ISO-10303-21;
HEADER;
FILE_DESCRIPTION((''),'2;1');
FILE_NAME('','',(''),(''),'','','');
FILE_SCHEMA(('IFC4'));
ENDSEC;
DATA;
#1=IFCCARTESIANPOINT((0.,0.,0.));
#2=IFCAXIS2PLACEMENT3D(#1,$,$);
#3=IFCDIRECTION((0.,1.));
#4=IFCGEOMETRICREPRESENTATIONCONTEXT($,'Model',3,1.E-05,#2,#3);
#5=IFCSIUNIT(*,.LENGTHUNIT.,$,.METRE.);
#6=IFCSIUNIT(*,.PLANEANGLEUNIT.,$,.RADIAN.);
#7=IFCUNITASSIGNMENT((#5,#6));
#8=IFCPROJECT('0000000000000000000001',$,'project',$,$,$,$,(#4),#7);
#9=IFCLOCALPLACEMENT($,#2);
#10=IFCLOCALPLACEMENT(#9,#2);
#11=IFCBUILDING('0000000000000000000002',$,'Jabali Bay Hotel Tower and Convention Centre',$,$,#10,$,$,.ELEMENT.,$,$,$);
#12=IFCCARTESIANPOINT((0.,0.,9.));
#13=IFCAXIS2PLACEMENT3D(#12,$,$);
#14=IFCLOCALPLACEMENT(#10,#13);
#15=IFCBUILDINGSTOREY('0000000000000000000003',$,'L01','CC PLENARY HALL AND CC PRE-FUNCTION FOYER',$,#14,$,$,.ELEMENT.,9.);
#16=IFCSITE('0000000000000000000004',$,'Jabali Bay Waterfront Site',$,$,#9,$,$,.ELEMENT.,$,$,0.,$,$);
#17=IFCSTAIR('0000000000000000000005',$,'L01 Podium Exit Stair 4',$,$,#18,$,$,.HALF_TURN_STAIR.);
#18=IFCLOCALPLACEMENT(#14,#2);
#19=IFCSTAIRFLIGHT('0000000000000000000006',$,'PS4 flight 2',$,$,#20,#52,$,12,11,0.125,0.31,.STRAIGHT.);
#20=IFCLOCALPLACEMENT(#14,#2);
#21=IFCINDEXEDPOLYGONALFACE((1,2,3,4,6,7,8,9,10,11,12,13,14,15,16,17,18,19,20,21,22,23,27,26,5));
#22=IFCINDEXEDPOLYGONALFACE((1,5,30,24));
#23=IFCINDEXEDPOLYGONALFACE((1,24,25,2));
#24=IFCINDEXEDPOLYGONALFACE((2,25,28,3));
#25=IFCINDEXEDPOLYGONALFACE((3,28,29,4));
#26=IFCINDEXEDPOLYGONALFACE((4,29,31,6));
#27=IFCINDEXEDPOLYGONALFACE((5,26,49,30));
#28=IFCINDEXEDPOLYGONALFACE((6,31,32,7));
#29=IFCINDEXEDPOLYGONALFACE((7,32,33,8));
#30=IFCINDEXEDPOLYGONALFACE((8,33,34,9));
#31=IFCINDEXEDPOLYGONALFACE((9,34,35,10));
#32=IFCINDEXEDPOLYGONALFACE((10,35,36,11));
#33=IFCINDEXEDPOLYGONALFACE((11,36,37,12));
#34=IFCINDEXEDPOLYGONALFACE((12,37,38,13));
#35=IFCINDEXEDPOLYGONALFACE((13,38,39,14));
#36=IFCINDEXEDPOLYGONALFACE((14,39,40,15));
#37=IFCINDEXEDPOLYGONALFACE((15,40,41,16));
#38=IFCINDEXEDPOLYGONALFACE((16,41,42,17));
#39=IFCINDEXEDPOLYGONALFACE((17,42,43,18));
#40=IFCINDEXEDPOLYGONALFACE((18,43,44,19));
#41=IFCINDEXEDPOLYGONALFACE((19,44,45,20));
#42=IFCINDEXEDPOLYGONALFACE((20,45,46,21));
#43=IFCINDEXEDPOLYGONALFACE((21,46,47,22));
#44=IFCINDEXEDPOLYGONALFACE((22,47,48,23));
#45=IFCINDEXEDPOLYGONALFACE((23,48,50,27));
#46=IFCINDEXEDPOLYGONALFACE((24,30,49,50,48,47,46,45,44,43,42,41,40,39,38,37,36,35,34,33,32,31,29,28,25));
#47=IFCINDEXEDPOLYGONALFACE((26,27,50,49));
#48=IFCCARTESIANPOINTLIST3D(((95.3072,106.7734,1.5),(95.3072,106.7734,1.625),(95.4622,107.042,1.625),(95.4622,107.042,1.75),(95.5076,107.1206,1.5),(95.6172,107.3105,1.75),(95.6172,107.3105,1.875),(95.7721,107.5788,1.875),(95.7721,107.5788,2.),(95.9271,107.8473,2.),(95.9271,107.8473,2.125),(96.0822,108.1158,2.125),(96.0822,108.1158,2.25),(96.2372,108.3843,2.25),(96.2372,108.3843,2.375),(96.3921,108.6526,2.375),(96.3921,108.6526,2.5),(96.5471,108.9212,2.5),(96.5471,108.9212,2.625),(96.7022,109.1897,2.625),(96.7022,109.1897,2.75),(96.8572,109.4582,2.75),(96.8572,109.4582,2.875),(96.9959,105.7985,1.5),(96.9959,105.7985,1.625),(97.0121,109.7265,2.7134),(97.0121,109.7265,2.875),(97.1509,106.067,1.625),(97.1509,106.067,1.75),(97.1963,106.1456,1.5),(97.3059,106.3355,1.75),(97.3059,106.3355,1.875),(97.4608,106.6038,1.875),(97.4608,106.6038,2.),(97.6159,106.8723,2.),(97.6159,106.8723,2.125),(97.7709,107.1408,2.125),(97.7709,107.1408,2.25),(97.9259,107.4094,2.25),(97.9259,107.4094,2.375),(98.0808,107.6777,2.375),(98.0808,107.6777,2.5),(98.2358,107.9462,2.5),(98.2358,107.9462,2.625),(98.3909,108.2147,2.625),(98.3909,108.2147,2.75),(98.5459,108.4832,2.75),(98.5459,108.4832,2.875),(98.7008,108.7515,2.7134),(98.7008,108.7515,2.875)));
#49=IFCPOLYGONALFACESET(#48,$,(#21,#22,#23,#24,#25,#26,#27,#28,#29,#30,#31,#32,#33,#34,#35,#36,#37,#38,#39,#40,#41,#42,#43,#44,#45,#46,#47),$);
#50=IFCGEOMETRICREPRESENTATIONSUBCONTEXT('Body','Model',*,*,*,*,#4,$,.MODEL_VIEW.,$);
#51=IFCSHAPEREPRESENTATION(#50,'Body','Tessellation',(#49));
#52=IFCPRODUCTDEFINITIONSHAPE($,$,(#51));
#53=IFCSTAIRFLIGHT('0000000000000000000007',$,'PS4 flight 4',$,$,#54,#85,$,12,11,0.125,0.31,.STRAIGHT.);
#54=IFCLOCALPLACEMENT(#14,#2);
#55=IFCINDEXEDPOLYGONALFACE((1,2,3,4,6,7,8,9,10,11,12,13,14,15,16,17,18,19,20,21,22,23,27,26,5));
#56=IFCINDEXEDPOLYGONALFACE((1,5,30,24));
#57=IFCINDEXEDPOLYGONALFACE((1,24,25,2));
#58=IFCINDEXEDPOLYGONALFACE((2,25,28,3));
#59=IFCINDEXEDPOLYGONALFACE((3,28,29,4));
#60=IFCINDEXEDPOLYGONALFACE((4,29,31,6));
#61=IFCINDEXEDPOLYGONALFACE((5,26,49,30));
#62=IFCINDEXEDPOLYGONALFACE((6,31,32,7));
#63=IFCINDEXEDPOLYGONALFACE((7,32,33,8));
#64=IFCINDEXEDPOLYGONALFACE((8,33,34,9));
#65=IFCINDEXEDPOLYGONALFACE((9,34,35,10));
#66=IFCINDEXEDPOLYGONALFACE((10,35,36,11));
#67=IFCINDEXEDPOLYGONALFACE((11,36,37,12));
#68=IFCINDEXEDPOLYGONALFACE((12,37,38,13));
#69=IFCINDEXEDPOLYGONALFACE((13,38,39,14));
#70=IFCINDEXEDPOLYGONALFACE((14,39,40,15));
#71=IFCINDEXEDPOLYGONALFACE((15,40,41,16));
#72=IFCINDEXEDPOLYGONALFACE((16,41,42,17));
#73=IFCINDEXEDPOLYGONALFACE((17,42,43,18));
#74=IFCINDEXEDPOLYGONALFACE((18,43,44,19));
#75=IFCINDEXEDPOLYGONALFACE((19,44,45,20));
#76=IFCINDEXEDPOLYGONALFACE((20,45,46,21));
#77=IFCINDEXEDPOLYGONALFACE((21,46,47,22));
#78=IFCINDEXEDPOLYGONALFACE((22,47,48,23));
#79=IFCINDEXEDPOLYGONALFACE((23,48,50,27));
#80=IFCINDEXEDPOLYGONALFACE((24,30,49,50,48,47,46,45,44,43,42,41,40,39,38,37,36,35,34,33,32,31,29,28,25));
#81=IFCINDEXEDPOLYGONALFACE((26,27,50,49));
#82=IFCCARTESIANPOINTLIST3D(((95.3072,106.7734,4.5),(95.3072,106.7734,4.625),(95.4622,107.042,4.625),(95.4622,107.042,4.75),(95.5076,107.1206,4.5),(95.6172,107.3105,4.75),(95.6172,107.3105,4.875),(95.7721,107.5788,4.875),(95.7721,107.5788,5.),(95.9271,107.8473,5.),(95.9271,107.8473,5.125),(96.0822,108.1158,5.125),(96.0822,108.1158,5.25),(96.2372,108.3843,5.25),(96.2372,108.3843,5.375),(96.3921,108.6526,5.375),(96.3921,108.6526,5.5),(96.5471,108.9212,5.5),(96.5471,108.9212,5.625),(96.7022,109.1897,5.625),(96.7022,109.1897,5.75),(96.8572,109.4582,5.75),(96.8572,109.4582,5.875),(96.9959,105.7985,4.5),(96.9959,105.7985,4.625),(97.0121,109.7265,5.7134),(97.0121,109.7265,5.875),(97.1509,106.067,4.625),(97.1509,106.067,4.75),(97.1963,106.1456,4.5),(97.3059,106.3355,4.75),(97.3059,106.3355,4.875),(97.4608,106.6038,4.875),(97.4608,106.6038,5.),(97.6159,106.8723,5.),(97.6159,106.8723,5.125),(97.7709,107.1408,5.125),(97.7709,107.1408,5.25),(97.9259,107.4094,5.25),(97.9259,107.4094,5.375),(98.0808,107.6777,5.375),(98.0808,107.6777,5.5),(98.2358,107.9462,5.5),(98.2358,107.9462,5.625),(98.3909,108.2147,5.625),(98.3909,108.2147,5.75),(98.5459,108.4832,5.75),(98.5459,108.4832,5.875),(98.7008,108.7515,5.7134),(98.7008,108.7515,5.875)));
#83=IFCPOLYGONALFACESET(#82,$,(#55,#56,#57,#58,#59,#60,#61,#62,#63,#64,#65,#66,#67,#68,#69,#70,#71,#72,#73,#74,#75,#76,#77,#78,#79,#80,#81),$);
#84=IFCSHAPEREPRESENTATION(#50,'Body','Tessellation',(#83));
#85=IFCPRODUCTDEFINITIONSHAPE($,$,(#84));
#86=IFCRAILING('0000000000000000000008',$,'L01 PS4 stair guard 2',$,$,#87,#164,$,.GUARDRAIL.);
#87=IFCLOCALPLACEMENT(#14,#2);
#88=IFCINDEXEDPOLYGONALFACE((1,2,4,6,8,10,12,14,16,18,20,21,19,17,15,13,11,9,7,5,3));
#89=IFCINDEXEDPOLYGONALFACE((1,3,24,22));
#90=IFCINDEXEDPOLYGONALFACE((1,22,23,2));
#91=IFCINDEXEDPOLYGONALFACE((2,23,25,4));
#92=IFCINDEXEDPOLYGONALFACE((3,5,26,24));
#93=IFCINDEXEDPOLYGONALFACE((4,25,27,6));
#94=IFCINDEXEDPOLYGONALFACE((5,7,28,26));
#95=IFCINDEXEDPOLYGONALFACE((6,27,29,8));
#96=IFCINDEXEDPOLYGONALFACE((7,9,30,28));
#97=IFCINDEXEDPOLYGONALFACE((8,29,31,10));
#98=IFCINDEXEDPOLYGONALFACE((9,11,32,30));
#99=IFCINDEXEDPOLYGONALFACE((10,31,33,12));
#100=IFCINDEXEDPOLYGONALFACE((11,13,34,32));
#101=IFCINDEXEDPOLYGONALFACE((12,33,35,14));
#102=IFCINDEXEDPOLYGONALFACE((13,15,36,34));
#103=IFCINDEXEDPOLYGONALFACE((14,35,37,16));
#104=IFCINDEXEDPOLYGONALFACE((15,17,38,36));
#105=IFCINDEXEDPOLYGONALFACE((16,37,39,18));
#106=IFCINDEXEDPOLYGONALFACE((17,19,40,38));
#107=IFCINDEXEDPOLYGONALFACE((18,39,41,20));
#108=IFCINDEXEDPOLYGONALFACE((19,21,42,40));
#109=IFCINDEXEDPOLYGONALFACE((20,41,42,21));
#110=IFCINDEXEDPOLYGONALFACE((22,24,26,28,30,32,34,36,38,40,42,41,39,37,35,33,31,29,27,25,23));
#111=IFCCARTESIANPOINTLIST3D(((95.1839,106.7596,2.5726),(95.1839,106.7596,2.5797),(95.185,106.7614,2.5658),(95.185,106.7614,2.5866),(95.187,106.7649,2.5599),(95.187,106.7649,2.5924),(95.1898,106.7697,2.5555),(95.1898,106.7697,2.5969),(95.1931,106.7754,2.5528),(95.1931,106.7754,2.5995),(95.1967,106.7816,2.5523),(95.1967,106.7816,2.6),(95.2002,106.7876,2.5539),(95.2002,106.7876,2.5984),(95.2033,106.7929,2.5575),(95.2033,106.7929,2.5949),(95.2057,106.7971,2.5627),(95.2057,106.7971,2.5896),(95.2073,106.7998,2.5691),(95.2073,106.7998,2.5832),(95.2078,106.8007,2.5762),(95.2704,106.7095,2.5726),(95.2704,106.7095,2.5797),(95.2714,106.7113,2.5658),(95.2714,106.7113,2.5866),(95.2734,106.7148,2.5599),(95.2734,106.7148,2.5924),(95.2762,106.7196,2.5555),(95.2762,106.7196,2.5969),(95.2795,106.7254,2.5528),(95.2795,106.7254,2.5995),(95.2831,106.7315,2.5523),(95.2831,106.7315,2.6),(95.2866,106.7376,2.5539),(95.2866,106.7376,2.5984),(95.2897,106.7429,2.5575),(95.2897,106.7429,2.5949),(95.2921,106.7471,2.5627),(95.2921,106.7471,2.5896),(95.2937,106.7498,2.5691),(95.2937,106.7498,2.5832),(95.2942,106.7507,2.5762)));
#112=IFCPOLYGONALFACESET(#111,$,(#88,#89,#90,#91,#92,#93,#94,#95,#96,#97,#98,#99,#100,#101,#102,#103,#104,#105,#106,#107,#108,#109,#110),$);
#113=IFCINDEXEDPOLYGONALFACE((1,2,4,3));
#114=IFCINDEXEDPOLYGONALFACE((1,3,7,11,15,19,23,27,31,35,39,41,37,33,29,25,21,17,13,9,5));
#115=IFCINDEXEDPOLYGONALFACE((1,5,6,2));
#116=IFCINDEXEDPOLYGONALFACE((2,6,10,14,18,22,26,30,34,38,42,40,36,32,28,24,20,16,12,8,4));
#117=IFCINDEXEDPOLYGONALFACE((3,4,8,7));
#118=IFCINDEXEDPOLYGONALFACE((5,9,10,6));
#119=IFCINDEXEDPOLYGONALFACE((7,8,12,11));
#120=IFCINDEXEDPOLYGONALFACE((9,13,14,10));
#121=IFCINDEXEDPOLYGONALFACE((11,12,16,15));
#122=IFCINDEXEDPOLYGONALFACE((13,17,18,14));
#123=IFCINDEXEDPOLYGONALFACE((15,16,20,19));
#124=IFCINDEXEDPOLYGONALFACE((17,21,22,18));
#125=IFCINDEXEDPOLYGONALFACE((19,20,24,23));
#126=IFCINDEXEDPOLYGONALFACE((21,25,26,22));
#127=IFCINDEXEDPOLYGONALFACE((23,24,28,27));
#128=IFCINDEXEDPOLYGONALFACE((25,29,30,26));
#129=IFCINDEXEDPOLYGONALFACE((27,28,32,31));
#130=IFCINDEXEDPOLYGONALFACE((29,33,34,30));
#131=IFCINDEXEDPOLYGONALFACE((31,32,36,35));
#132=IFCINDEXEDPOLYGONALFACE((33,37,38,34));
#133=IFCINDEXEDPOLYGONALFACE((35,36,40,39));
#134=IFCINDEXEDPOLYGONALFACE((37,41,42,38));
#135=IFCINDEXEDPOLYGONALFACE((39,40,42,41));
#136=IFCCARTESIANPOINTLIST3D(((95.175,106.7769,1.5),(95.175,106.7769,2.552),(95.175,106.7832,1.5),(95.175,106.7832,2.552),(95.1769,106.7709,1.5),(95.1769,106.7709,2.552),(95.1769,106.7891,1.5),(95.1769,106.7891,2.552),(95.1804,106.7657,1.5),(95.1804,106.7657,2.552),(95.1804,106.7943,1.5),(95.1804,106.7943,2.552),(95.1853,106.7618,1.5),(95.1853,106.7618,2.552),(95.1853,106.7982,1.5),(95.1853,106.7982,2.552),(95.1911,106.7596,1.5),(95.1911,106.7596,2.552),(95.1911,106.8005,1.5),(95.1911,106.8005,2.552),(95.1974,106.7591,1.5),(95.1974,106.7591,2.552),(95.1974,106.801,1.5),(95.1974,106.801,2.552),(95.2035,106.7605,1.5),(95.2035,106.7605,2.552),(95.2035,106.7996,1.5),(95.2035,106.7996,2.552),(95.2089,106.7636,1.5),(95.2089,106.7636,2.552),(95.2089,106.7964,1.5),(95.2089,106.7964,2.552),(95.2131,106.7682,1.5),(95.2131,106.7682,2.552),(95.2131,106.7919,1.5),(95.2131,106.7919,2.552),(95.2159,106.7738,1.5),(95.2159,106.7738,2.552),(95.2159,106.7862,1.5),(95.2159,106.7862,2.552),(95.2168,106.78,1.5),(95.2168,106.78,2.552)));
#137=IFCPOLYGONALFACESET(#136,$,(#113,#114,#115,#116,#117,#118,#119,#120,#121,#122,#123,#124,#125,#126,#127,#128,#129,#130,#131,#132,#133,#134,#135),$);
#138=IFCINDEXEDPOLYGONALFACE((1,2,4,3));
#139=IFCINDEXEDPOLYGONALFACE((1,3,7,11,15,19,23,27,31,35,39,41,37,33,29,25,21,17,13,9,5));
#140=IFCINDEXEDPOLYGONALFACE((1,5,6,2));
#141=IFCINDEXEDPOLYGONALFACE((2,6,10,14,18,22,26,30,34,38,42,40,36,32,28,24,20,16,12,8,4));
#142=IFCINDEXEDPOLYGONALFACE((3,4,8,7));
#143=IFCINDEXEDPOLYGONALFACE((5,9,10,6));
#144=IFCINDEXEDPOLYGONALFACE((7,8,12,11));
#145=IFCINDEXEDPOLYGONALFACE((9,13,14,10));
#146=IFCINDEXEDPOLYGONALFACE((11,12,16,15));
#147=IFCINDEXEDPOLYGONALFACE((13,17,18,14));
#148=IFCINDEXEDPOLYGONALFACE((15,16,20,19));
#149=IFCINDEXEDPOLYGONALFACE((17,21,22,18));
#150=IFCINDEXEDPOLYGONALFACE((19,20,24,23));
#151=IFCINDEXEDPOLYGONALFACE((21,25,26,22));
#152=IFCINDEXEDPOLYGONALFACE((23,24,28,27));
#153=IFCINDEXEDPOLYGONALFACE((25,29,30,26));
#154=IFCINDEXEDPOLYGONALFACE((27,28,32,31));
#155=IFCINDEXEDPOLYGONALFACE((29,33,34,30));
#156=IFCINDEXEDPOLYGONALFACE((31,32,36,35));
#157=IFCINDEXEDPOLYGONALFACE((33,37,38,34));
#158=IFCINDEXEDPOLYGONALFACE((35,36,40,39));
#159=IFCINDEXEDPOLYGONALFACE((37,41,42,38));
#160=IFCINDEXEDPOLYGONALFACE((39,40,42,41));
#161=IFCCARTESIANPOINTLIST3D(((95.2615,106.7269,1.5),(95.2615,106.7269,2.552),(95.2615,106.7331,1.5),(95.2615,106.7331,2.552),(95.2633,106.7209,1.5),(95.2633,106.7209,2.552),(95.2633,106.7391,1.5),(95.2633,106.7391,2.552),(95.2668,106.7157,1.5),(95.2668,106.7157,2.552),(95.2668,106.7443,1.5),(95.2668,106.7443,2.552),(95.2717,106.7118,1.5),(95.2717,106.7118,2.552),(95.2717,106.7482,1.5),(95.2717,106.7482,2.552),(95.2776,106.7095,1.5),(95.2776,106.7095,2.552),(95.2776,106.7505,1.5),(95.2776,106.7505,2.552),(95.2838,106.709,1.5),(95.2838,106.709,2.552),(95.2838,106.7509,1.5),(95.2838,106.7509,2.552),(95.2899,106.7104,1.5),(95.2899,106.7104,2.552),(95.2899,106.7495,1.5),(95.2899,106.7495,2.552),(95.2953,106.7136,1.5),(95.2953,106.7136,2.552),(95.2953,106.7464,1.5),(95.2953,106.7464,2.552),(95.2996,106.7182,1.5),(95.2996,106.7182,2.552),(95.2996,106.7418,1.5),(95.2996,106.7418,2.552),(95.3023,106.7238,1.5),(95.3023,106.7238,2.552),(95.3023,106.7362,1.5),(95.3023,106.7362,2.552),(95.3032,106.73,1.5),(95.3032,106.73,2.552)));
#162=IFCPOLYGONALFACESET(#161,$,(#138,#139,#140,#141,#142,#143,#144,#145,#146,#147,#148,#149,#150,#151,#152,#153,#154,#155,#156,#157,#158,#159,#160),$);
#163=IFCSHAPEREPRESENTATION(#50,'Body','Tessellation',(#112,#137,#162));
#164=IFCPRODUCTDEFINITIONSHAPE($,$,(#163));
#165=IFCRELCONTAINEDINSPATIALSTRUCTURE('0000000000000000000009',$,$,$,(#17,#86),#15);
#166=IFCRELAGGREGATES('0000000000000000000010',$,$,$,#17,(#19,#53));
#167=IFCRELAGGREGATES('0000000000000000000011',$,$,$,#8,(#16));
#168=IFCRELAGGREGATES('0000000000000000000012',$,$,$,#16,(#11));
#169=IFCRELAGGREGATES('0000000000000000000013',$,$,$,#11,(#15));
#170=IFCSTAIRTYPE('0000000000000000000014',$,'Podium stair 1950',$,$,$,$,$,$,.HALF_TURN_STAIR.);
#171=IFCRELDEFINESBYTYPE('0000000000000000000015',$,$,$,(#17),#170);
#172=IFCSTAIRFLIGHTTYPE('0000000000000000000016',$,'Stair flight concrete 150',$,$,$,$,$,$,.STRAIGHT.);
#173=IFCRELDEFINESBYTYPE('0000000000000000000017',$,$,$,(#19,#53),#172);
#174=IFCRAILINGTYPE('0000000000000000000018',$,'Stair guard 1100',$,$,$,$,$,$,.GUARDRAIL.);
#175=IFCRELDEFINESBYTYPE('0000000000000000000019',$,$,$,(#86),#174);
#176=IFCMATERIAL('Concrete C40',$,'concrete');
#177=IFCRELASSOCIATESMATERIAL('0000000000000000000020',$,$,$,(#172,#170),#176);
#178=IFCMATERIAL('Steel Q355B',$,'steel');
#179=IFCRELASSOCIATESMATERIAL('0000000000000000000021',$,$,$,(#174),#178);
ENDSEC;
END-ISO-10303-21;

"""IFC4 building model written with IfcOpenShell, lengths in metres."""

from ifc_helpers import new_model, si_unit, direction, frame, origin, origin_2d, place, context, subcontext, project, spatial, polyline, circle, outline, extrude, material, type_object, element, aggregate, save


model = new_model("IFC4")

# Units and contexts
model_context = context("Model", 3, precision=1e-05, world=origin(), true_north=direction((0.0, 1.0)))
body_context = subcontext(model_context, "Body", "Model", "MODEL_VIEW")
ifc_project = project(units=[si_unit("LENGTHUNIT", "METRE"), si_unit("PLANEANGLEUNIT", "RADIAN")], contexts=[model_context])

# Site, building, storey
site_placement = place(None, origin())
site = spatial("IfcSite", under=ifc_project, at=site_placement, Name="Jabali Bay Waterfront Site", CompositionType="ELEMENT", RefElevation=0.0)
building_placement = place(site_placement, origin())
building = spatial("IfcBuilding", under=site, at=building_placement, Name="Jabali Bay Hotel Tower and Convention Centre", CompositionType="ELEMENT")
storey_placement = place(building_placement, frame((0.0, 0.0, 9.0)))
storey = spatial("IfcBuildingStorey", under=building, at=storey_placement, Name="L01", Description="CC PLENARY HALL AND CC PRE-FUNCTION FOYER", CompositionType="ELEMENT", Elevation=9.0)

# Shared definitions
ifc_material_1 = material(Name="Concrete C40", Category="concrete")

# Stair, stair flights
stair_flight_type = type_object("IfcStairFlightType", Name="Stair flight concrete 150", PredefinedType="STRAIGHT", material=ifc_material_1)
stair_type_1 = type_object("IfcStairType", Name="Podium stair 1950", PredefinedType="HALF_TURN_STAIR", material=ifc_material_1)
stair_1_placement = place(storey_placement, origin())
stair_1 = element("IfcStair", 1, at=stair_1_placement, inside=storey, type_object=stair_type_1, Name="L01 Podium Exit Stair 4", PredefinedType="HALF_TURN_STAIR")
stair_flight_1_placement = place(storey_placement, frame((96.1516, 106.2859, 1.5), z_axis=(0.0, 0.0, 1.0), x_axis=(0.5, 0.866025, 0.0)))
stair_flight_1 = element("IfcStairFlight", 2, at=stair_flight_1_placement, type_object=stair_flight_type, Name="PS4 flight 2", NumberOfRisers=12, NumberOfTreads=11, PredefinedType="STRAIGHT", RiserHeight=0.125, TreadLength=0.31, context=body_context, shape_type="SweptSolid", body=[
    extrude(outline(polyline([(0.0, 0.0), (0.0, 0.125), (0.3101, 0.125), (0.3101, 0.25), (0.6201, 0.25), (0.6201, 0.375), (0.9299, 0.375), (0.9299, 0.5), (1.24, 0.5), (1.24, 0.625), (1.55, 0.625), (1.55, 0.75), (1.8601, 0.75), (1.8601, 0.875), (2.1699, 0.875), (2.1699, 1.0), (2.48, 1.0), (2.48, 1.125), (2.79, 1.125), (2.79, 1.25), (3.1001, 1.25), (3.1001, 1.375), (3.4099, 1.375), (3.4099, 1.5), (3.4099, 1.2134), (0.4009, 0.0), (0.0, 0.0)])), frame((0.0, 0.9751, 0.0), z_axis=(0.0, -1.0, 0.0), x_axis=(1.0, 0.0, 0.0)), (0.0, 0.0, 1.0), 1.95),
])
stair_flight_2_placement = place(storey_placement, frame((96.1516, 106.2859, 4.5), z_axis=(0.0, 0.0, 1.0), x_axis=(0.5, 0.866025, 0.0)))
stair_flight_2 = element("IfcStairFlight", 3, at=stair_flight_2_placement, type_object=stair_flight_type, Name="PS4 flight 4", NumberOfRisers=12, NumberOfTreads=11, PredefinedType="STRAIGHT", RiserHeight=0.125, TreadLength=0.31, context=body_context, shape_type="SweptSolid", body=[
    extrude(outline(polyline([(0.0, 0.0), (0.0, 0.125), (0.3101, 0.125), (0.3101, 0.25), (0.6201, 0.25), (0.6201, 0.375), (0.9299, 0.375), (0.9299, 0.5), (1.24, 0.5), (1.24, 0.625), (1.55, 0.625), (1.55, 0.75), (1.8601, 0.75), (1.8601, 0.875), (2.1699, 0.875), (2.1699, 1.0), (2.48, 1.0), (2.48, 1.125), (2.79, 1.125), (2.79, 1.25), (3.1001, 1.25), (3.1001, 1.375), (3.4099, 1.375), (3.4099, 1.5), (3.4099, 1.2134), (0.4009, 0.0), (0.0, 0.0)])), frame((0.0, 0.9751, 0.0), z_axis=(0.0, -1.0, 0.0), x_axis=(1.0, 0.0, 0.0)), (0.0, 0.0, 1.0), 1.95),
])
aggregate(stair_1, [stair_flight_1, stair_flight_2])

# Railing
ifc_material_2 = material(Name="Steel Q355B", Category="steel")
railing_type_1 = type_object("IfcRailingType", Name="Stair guard 1100", PredefinedType="GUARDRAIL", material=ifc_material_2)
railing_1_placement = place(storey_placement, frame((95.1958, 106.78, 1.5)))
element("IfcRailing", 4, at=railing_1_placement, inside=storey, type_object=railing_type_1, Name="L01 PS4 stair guard 2", PredefinedType="GUARDRAIL", context=body_context, shape_type="SweptSolid", body=[
    extrude(circle(Radius=0.0239, at=origin_2d()), frame((0.0, 0.0, 1.0762), z_axis=(0.86537, -0.501133, 0.0), x_axis=(0.501133, 0.86537, 0.0)), (0.0, 0.0, 1.0), 0.0999),
    extrude(circle(Radius=0.021, at=origin_2d()), origin(), (0.0, 0.0, 1.0), 1.052),
    extrude(circle(Radius=0.021, at=origin_2d()), frame((0.0864, -0.05, 0.0)), (0.0, 0.0, 1.0), 1.052),
])

save(model, "model.ifc")
